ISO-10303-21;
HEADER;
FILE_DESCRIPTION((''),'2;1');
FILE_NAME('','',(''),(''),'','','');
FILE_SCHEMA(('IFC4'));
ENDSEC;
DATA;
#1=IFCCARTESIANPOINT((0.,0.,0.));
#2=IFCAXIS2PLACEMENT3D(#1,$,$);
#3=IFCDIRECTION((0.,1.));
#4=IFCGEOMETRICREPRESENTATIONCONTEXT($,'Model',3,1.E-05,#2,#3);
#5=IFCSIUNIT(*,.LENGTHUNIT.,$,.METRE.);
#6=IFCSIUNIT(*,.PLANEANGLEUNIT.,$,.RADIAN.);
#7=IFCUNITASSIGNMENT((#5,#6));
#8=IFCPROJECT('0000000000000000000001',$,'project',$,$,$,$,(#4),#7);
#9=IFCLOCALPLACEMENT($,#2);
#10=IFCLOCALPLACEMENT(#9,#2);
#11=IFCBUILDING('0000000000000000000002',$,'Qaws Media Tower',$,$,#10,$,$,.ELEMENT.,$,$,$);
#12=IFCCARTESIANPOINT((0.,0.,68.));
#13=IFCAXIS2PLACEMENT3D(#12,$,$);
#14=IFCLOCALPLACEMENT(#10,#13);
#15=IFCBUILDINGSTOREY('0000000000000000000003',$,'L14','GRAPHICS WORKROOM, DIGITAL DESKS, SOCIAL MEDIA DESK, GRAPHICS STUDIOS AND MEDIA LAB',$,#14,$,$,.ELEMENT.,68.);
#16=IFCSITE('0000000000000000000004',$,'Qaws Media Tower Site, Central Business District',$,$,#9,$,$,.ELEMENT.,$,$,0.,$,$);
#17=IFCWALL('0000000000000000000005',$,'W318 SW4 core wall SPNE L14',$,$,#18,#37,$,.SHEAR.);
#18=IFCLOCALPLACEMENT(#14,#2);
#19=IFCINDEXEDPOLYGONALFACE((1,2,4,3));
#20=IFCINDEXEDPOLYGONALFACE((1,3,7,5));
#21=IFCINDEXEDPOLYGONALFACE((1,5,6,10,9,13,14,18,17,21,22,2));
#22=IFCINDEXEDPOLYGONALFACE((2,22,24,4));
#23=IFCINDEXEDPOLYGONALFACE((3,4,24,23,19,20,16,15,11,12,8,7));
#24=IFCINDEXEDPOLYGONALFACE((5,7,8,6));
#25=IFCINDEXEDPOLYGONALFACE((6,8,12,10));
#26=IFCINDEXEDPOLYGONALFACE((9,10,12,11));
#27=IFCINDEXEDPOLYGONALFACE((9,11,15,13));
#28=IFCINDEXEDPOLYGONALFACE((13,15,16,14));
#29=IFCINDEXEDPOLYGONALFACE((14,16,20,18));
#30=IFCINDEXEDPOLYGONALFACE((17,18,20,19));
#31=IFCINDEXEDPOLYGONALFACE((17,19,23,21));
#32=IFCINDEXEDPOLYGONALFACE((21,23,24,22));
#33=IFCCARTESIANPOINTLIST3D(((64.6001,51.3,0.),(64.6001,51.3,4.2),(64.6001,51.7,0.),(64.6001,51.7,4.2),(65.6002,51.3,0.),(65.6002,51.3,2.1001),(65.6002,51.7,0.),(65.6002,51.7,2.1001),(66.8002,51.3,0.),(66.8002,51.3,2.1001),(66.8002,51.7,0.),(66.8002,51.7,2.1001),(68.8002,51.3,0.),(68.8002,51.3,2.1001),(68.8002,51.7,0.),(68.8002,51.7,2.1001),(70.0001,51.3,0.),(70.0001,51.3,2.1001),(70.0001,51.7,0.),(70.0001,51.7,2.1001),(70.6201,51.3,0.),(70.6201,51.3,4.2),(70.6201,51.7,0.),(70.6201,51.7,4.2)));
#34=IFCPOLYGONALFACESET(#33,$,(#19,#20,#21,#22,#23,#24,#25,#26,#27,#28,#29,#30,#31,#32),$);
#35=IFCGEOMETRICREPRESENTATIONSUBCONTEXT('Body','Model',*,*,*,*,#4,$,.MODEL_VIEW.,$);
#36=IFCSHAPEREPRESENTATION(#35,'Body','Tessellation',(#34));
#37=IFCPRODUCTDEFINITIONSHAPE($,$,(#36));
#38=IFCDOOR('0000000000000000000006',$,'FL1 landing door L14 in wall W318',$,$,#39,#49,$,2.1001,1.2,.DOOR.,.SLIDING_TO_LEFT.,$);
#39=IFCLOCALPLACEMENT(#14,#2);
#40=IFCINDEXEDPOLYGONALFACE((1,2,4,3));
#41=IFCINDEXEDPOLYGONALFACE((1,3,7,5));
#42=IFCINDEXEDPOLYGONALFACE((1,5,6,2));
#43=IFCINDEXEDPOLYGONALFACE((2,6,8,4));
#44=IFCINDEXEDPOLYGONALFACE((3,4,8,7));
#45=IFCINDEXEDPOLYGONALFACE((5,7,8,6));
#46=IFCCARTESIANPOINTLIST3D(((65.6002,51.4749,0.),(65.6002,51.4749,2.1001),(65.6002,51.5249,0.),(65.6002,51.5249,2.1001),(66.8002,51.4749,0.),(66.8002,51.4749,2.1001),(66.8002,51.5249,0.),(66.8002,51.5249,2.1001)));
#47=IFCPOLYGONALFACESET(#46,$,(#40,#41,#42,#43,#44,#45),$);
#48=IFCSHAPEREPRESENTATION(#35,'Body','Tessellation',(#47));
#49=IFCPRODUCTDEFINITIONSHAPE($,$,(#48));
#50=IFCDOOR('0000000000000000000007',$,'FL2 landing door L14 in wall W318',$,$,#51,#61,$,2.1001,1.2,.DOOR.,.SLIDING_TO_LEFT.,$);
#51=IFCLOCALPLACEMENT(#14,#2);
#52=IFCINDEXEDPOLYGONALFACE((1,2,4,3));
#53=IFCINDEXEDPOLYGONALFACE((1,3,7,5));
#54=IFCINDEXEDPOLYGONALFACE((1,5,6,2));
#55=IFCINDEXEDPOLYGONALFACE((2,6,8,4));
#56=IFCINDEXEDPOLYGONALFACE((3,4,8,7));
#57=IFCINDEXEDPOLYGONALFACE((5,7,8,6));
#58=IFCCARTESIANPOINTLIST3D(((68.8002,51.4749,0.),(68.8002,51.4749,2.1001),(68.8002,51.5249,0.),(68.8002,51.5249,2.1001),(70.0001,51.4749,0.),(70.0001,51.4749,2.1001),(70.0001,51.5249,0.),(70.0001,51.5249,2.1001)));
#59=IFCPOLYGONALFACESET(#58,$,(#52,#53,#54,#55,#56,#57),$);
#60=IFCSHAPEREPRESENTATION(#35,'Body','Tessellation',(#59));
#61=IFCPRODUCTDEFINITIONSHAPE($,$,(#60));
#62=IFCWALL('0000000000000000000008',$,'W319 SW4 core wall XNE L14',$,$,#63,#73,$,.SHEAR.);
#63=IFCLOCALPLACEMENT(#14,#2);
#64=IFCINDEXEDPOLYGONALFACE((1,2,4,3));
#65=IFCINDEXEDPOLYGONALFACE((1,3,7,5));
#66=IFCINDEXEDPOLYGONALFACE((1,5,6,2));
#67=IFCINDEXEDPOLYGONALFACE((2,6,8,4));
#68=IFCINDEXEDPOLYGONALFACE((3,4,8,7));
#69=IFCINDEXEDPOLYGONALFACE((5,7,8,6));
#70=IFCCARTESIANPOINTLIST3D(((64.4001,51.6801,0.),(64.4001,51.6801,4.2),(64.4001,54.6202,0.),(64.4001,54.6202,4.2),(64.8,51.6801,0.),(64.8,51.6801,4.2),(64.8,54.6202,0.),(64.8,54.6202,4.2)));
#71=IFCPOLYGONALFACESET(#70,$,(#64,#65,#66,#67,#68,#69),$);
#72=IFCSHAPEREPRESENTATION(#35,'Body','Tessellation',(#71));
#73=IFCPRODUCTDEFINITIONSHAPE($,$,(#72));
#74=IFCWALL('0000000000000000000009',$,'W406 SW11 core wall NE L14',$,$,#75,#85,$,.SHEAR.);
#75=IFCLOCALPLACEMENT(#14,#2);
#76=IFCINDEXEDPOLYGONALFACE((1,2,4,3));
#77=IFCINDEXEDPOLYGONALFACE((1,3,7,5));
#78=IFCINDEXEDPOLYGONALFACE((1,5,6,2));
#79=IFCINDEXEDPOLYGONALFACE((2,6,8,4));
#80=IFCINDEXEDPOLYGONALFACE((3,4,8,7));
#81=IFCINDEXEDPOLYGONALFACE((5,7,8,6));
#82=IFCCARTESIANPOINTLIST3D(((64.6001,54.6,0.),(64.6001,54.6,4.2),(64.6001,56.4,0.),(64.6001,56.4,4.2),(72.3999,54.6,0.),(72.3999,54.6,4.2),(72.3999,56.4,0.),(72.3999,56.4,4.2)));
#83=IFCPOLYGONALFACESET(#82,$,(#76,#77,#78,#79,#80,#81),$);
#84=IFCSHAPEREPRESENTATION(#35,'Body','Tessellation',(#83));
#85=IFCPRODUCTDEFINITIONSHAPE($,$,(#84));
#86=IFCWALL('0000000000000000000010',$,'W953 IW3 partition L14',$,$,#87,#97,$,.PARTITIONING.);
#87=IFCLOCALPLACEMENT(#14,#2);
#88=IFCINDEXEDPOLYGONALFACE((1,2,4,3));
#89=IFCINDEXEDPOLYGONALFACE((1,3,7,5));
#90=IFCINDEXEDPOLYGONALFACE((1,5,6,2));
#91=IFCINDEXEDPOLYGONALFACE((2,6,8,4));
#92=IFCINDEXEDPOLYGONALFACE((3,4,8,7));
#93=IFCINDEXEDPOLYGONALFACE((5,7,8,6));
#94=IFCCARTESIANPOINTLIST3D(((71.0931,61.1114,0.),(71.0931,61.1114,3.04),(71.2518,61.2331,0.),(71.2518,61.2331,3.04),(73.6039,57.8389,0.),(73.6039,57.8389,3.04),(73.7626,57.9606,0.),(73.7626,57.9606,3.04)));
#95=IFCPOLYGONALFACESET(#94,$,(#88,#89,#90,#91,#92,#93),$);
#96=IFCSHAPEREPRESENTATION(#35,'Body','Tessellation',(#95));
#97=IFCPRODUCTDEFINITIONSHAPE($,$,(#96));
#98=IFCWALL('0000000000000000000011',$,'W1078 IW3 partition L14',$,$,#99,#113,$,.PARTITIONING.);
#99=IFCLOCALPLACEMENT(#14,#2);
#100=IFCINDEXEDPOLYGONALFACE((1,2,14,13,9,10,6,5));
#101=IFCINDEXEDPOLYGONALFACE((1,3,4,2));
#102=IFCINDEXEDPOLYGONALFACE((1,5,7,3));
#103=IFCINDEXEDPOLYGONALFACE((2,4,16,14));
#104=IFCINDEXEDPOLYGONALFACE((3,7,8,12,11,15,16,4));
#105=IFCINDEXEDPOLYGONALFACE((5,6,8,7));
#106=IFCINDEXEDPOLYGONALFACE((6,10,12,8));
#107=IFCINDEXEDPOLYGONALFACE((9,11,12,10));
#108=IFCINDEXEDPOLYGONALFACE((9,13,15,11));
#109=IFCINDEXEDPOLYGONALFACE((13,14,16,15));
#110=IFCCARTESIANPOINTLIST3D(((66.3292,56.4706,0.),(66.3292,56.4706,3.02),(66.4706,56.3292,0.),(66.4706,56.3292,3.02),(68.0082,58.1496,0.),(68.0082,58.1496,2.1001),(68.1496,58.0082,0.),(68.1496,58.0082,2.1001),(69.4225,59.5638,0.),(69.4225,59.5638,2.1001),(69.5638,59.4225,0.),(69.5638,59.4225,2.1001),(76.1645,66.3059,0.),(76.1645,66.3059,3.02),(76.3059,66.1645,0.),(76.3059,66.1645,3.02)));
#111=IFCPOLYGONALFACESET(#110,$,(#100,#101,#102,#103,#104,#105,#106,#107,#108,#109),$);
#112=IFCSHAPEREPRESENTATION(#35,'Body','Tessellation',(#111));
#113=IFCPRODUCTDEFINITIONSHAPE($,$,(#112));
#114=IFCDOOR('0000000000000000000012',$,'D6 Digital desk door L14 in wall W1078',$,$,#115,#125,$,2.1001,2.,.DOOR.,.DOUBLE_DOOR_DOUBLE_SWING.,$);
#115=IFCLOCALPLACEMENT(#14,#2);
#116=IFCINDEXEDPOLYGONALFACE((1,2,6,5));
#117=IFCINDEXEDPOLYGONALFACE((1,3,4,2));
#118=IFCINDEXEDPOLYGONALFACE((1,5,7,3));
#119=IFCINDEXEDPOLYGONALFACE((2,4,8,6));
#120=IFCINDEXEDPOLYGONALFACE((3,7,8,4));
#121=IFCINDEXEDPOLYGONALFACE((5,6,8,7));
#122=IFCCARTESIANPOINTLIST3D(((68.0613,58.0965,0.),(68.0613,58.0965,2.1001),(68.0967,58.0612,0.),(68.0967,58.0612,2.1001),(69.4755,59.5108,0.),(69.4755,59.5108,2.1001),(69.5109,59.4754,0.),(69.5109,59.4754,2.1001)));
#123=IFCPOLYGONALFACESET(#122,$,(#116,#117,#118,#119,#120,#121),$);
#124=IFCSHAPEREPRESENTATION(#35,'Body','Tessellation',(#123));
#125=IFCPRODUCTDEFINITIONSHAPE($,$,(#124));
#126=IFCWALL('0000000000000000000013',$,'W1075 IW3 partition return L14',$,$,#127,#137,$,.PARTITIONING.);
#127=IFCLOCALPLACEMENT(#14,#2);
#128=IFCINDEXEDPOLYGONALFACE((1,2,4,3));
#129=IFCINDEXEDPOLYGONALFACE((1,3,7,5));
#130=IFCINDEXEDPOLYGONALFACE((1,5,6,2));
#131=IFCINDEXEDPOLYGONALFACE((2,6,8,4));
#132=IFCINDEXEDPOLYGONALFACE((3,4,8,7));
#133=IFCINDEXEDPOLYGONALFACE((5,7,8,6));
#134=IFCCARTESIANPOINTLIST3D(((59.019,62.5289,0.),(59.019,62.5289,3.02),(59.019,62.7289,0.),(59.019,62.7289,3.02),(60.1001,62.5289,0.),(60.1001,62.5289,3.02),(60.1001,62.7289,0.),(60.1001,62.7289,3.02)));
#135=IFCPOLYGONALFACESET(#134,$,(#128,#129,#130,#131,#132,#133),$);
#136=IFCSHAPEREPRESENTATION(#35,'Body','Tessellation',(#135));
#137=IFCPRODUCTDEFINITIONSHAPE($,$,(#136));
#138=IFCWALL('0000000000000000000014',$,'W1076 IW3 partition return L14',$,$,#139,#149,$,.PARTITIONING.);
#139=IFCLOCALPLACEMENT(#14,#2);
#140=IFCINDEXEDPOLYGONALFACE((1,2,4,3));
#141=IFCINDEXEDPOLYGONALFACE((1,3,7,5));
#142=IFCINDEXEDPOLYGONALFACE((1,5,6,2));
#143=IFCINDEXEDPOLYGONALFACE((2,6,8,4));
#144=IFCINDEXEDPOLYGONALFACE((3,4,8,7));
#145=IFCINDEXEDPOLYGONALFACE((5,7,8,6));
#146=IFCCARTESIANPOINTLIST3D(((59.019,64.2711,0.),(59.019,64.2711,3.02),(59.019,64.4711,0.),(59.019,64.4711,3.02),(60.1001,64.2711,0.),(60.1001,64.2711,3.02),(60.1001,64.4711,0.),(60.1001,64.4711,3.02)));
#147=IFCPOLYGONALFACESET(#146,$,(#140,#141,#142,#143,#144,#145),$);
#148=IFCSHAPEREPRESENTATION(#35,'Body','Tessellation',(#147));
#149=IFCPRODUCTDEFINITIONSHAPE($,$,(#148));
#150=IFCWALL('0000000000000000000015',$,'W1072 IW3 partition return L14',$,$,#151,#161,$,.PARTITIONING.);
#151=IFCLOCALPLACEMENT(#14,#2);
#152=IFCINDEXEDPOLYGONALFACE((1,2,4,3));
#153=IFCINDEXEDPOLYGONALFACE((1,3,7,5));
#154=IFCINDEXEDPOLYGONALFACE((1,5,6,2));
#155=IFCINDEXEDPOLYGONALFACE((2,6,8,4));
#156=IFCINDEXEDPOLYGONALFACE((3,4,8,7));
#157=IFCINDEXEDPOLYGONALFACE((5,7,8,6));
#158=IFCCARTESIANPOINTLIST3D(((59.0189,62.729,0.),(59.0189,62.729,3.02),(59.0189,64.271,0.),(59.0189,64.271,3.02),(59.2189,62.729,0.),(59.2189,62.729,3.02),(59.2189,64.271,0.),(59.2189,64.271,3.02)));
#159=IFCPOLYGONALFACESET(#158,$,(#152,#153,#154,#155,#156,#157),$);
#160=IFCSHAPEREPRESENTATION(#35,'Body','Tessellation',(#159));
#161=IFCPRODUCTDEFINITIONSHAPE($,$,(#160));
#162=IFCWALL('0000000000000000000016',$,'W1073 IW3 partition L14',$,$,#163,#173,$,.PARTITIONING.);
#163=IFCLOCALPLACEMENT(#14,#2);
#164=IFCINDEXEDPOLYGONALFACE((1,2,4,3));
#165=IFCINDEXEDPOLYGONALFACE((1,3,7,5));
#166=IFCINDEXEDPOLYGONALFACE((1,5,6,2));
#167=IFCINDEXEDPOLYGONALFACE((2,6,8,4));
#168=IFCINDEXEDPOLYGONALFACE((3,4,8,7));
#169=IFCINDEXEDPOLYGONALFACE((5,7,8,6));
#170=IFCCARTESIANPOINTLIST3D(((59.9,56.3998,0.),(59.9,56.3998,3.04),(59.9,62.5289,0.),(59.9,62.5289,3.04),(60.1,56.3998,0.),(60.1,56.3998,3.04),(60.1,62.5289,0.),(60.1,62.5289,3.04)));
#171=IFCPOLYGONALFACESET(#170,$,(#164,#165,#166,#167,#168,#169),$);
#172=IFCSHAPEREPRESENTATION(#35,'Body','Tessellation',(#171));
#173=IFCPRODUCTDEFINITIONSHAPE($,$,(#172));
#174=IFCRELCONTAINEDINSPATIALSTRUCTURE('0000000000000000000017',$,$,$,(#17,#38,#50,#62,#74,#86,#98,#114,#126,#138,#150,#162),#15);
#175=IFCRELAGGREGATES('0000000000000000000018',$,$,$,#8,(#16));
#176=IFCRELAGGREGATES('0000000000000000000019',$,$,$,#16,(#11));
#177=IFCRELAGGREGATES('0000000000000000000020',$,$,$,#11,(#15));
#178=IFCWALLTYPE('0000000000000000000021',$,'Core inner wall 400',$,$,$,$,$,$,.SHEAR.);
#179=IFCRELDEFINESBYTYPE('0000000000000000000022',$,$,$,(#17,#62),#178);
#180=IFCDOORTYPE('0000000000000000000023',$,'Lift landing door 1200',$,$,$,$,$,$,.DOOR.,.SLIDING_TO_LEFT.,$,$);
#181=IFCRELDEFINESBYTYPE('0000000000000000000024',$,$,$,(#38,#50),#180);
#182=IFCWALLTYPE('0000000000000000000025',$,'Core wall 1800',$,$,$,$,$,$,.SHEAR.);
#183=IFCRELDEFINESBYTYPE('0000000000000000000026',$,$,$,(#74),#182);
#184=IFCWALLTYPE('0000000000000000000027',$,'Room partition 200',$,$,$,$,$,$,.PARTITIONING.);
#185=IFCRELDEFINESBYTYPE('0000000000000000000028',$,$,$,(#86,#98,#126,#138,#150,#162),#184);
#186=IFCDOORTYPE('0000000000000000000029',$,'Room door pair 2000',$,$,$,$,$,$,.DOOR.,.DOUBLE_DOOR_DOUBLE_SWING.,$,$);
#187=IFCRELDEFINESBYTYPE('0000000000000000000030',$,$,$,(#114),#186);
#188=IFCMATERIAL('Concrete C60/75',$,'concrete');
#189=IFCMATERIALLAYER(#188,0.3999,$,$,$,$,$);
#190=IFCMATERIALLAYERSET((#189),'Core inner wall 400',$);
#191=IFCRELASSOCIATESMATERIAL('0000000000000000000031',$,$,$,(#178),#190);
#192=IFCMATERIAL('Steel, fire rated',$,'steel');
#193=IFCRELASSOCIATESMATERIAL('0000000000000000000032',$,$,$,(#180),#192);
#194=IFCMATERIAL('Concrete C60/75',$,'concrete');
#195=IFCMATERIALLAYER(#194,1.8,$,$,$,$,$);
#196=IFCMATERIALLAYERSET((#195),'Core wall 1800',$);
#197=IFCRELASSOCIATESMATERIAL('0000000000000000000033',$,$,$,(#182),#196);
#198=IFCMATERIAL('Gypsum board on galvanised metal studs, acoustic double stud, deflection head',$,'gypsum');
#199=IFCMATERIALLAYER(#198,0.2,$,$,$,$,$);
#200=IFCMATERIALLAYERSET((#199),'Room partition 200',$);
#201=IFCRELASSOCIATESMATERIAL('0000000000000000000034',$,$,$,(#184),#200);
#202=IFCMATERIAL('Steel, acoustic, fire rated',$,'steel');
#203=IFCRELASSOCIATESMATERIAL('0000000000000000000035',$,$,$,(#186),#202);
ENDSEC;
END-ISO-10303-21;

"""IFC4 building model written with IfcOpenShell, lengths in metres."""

from ifc_helpers import new_model, si_unit, direction, frame, frame_2d, origin, place, context, subcontext, project, spatial, rectangle, extrude, material, layer, layer_set, type_object, element, fill, save


model = new_model("IFC4")

# Units and contexts
model_context = context("Model", 3, precision=1e-05, world=origin(), true_north=direction((0.0, 1.0)))
body_context = subcontext(model_context, "Body", "Model", "MODEL_VIEW")
ifc_project = project(units=[si_unit("LENGTHUNIT", "METRE"), si_unit("PLANEANGLEUNIT", "RADIAN")], contexts=[model_context])

# Site, building, storey
site_placement = place(None, origin())
site = spatial("IfcSite", under=ifc_project, at=site_placement, Name="Qaws Media Tower Site, Central Business District", CompositionType="ELEMENT", RefElevation=0.0)
building_placement = place(site_placement, origin())
building = spatial("IfcBuilding", under=site, at=building_placement, Name="Qaws Media Tower", CompositionType="ELEMENT")
storey_placement = place(building_placement, frame((0.0, 0.0, 68.0)))
storey = spatial("IfcBuildingStorey", under=building, at=storey_placement, Name="L14", Description="GRAPHICS WORKROOM, DIGITAL DESKS, SOCIAL MEDIA DESK, GRAPHICS STUDIOS AND MEDIA LAB", CompositionType="ELEMENT", Elevation=68.0)

# Wall, openings, doors
ifc_material_1 = material(Name="Concrete C60/75", Category="concrete")
ifc_layer_1 = layer(ifc_material_1, 0.3999)
ifc_layer_set_1 = layer_set([ifc_layer_1], Name="Core inner wall 400")
wall_type_1 = type_object("IfcWallType", Name="Core inner wall 400", PredefinedType="SHEAR", material=ifc_layer_set_1)
wall_1_placement = place(storey_placement, frame((64.6001, 51.5, 0.0), z_axis=(0.0, 0.0, 1.0), x_axis=(1.0, 0.0, 0.0)))
wall_1 = element("IfcWall", 1, at=wall_1_placement, inside=storey, type_object=wall_type_1, Name="W318 SW4 core wall SPNE L14", PredefinedType="SHEAR", context=body_context, shape_type="SweptSolid", body=[
    extrude(rectangle(XDim=6.02, YDim=0.3999, at=frame_2d((3.01, 0.0))), origin(), (0.0, 0.0, 1.0), 4.2),
])
opening_1_placement = place(wall_1_placement, frame((1.0, 0.0, 0.0)))
opening_1 = element("IfcOpeningElement", 2, at=opening_1_placement, cuts=wall_1, PredefinedType="OPENING", context=body_context, shape_type="SweptSolid", body=[
    extrude(rectangle(XDim=1.2, YDim=2.1001, at=frame_2d((0.6001, 1.05))), frame((0.0, 0.21, 0.0), z_axis=(0.0, -1.0, 0.0), x_axis=(1.0, 0.0, 0.0)), (0.0, 0.0, 1.0), 0.4199),
])
opening_2_placement = place(wall_1_placement, frame((4.2, 0.0, 0.0)))
opening_2 = element("IfcOpeningElement", 3, at=opening_2_placement, cuts=wall_1, PredefinedType="OPENING", context=body_context, shape_type="SweptSolid", body=[
    extrude(rectangle(XDim=1.2, YDim=2.1001, at=frame_2d((0.6001, 1.05))), frame((0.0, 0.21, 0.0), z_axis=(0.0, -1.0, 0.0), x_axis=(1.0, 0.0, 0.0)), (0.0, 0.0, 1.0), 0.4199),
])
ifc_material_2 = material(Name="Steel, fire rated", Category="steel")
door_type_1 = type_object("IfcDoorType", Name="Lift landing door 1200", OperationType="SLIDING_TO_LEFT", PredefinedType="DOOR", material=ifc_material_2)
door_1_placement = place(opening_1_placement, origin())
door_1 = element("IfcDoor", 4, at=door_1_placement, inside=storey, type_object=door_type_1, Name="FL1 landing door L14 in wall W318", OperationType="SLIDING_TO_LEFT", OverallHeight=2.1001, OverallWidth=1.2, PredefinedType="DOOR", context=body_context, shape_type="SweptSolid", body=[
    extrude(rectangle(XDim=1.2, YDim=2.1001, at=frame_2d((0.6001, 1.05))), frame((0.0, 0.0249, 0.0), z_axis=(0.0, -1.0, 0.0), x_axis=(1.0, 0.0, 0.0)), (0.0, 0.0, 1.0), 0.05),
])
fill(opening_1, door_1)
door_2_placement = place(opening_2_placement, origin())
door_2 = element("IfcDoor", 5, at=door_2_placement, inside=storey, type_object=door_type_1, Name="FL2 landing door L14 in wall W318", OperationType="SLIDING_TO_LEFT", OverallHeight=2.1001, OverallWidth=1.2, PredefinedType="DOOR", context=body_context, shape_type="SweptSolid", body=[
    extrude(rectangle(XDim=1.2, YDim=2.1001, at=frame_2d((0.6001, 1.05))), frame((0.0, 0.0249, 0.0), z_axis=(0.0, -1.0, 0.0), x_axis=(1.0, 0.0, 0.0)), (0.0, 0.0, 1.0), 0.05),
])
fill(opening_2, door_2)

# Walls
wall_2_placement = place(storey_placement, frame((64.6001, 51.6799, 0.0), z_axis=(0.0, 0.0, 1.0), x_axis=(0.0, 1.0, 0.0)))
element("IfcWall", 6, at=wall_2_placement, inside=storey, type_object=wall_type_1, Name="W319 SW4 core wall XNE L14", PredefinedType="SHEAR", context=body_context, shape_type="SweptSolid", body=[
    extrude(rectangle(XDim=2.9402, YDim=0.3999, at=frame_2d((1.4702, 0.0))), origin(), (0.0, 0.0, 1.0), 4.2),
])
ifc_material_3 = material(Name="Concrete C60/75", Category="concrete")
ifc_layer_2 = layer(ifc_material_3, 1.8)
ifc_layer_set_2 = layer_set([ifc_layer_2], Name="Core wall 1800")
wall_type_2 = type_object("IfcWallType", Name="Core wall 1800", PredefinedType="SHEAR", material=ifc_layer_set_2)
wall_3_placement = place(storey_placement, frame((64.6001, 55.5, 0.0), z_axis=(0.0, 0.0, 1.0), x_axis=(1.0, 0.0, 0.0)))
element("IfcWall", 7, at=wall_3_placement, inside=storey, type_object=wall_type_2, Name="W406 SW11 core wall NE L14", PredefinedType="SHEAR", context=body_context, shape_type="SweptSolid", body=[
    extrude(rectangle(XDim=7.7998, YDim=1.8, at=frame_2d((3.8999, 0.0))), origin(), (0.0, 0.0, 1.0), 4.2),
])
ifc_material_4 = material(Name="Gypsum board on galvanised metal studs, acoustic double stud, deflection head", Category="gypsum")
ifc_layer_3 = layer(ifc_material_4, 0.2)
ifc_layer_set_3 = layer_set([ifc_layer_3], Name="Room partition 200")
wall_type_3 = type_object("IfcWallType", Name="Room partition 200", PredefinedType="PARTITIONING", material=ifc_layer_set_3)
wall_4_placement = place(storey_placement, frame((71.1724, 61.1724, 0.0), z_axis=(0.0, 0.0, 1.0), x_axis=(0.608715, -0.793389, 0.0)))
element("IfcWall", 8, at=wall_4_placement, inside=storey, type_object=wall_type_3, Name="W953 IW3 partition L14", PredefinedType="PARTITIONING", context=body_context, shape_type="SweptSolid", body=[
    extrude(rectangle(XDim=4.1248, YDim=0.2, at=frame_2d((2.0625, 0.0))), origin(), (0.0, 0.0, 1.0), 3.04),
])

# Wall, opening, door
wall_5_placement = place(storey_placement, frame((66.3999, 56.3999, 0.0), z_axis=(0.0, 0.0, 1.0), x_axis=(0.707107, 0.707107, 0.0)))
wall_5 = element("IfcWall", 9, at=wall_5_placement, inside=storey, type_object=wall_type_3, Name="W1078 IW3 partition L14", PredefinedType="PARTITIONING", context=body_context, shape_type="SweptSolid", body=[
    extrude(rectangle(XDim=13.9092, YDim=0.2, at=frame_2d((6.9546, 0.0))), origin(), (0.0, 0.0, 1.0), 3.02),
])
opening_3_placement = place(wall_5_placement, frame((2.3745, 0.0, 0.0)))
opening_3 = element("IfcOpeningElement", 10, at=opening_3_placement, cuts=wall_5, PredefinedType="OPENING", context=body_context, shape_type="SweptSolid", body=[
    extrude(rectangle(XDim=2.0, YDim=2.1001, at=frame_2d((1.0, 1.05))), frame((0.0, 0.1099, 0.0), z_axis=(0.0, -1.0, 0.0), x_axis=(1.0, 0.0, 0.0)), (0.0, 0.0, 1.0), 0.22),
])
ifc_material_5 = material(Name="Steel, acoustic, fire rated", Category="steel")
door_type_2 = type_object("IfcDoorType", Name="Room door pair 2000", OperationType="DOUBLE_DOOR_DOUBLE_SWING", PredefinedType="DOOR", material=ifc_material_5)
door_3_placement = place(opening_3_placement, origin())
door_3 = element("IfcDoor", 11, at=door_3_placement, inside=storey, type_object=door_type_2, Name="D6 Digital desk door L14 in wall W1078", OperationType="DOUBLE_DOOR_DOUBLE_SWING", OverallHeight=2.1001, OverallWidth=2.0, PredefinedType="DOOR", context=body_context, shape_type="SweptSolid", body=[
    extrude(rectangle(XDim=2.0, YDim=2.1001, at=frame_2d((1.0, 1.05))), frame((0.0, 0.0249, 0.0), z_axis=(0.0, -1.0, 0.0), x_axis=(1.0, 0.0, 0.0)), (0.0, 0.0, 1.0), 0.05),
])
fill(opening_3, door_3)

# Walls
for number, where, z_axis, x_axis, name in (
    (12, (60.1001, 62.6289, 0.0), (0.0, 0.0, 1.0), (-1.0, 0.0, 0.0), "W1075 IW3 partition return L14"),
    (13, (60.1001, 64.3711, 0.0), (0.0, 0.0, 1.0), (-1.0, 0.0, 0.0), "W1076 IW3 partition return L14"),
):
    element("IfcWall", number, at=place(storey_placement, frame(where, z_axis=z_axis, x_axis=x_axis)), inside=storey, type_object=wall_type_3, Name=name, PredefinedType="PARTITIONING", context=body_context, shape_type="SweptSolid", body=[
        extrude(rectangle(XDim=1.0811, YDim=0.2, at=frame_2d((0.5405, 0.0))), origin(), (0.0, 0.0, 1.0), 3.02),
    ])
wall_6_placement = place(storey_placement, frame((59.1189, 62.729, 0.0), z_axis=(0.0, 0.0, 1.0), x_axis=(0.0, 1.0, 0.0)))
element("IfcWall", 14, at=wall_6_placement, inside=storey, type_object=wall_type_3, Name="W1072 IW3 partition return L14", PredefinedType="PARTITIONING", context=body_context, shape_type="SweptSolid", body=[
    extrude(rectangle(XDim=1.542, YDim=0.2, at=frame_2d((0.771, 0.0))), origin(), (0.0, 0.0, 1.0), 3.02),
])
wall_7_placement = place(storey_placement, frame((60.0, 56.3999, 0.0), z_axis=(0.0, 0.0, 1.0), x_axis=(0.0, 1.0, 0.0)))
element("IfcWall", 15, at=wall_7_placement, inside=storey, type_object=wall_type_3, Name="W1073 IW3 partition L14", PredefinedType="PARTITIONING", context=body_context, shape_type="SweptSolid", body=[
    extrude(rectangle(XDim=6.1292, YDim=0.2, at=frame_2d((3.0645, 0.0))), origin(), (0.0, 0.0, 1.0), 3.04),
])

save(model, "model.ifc")
